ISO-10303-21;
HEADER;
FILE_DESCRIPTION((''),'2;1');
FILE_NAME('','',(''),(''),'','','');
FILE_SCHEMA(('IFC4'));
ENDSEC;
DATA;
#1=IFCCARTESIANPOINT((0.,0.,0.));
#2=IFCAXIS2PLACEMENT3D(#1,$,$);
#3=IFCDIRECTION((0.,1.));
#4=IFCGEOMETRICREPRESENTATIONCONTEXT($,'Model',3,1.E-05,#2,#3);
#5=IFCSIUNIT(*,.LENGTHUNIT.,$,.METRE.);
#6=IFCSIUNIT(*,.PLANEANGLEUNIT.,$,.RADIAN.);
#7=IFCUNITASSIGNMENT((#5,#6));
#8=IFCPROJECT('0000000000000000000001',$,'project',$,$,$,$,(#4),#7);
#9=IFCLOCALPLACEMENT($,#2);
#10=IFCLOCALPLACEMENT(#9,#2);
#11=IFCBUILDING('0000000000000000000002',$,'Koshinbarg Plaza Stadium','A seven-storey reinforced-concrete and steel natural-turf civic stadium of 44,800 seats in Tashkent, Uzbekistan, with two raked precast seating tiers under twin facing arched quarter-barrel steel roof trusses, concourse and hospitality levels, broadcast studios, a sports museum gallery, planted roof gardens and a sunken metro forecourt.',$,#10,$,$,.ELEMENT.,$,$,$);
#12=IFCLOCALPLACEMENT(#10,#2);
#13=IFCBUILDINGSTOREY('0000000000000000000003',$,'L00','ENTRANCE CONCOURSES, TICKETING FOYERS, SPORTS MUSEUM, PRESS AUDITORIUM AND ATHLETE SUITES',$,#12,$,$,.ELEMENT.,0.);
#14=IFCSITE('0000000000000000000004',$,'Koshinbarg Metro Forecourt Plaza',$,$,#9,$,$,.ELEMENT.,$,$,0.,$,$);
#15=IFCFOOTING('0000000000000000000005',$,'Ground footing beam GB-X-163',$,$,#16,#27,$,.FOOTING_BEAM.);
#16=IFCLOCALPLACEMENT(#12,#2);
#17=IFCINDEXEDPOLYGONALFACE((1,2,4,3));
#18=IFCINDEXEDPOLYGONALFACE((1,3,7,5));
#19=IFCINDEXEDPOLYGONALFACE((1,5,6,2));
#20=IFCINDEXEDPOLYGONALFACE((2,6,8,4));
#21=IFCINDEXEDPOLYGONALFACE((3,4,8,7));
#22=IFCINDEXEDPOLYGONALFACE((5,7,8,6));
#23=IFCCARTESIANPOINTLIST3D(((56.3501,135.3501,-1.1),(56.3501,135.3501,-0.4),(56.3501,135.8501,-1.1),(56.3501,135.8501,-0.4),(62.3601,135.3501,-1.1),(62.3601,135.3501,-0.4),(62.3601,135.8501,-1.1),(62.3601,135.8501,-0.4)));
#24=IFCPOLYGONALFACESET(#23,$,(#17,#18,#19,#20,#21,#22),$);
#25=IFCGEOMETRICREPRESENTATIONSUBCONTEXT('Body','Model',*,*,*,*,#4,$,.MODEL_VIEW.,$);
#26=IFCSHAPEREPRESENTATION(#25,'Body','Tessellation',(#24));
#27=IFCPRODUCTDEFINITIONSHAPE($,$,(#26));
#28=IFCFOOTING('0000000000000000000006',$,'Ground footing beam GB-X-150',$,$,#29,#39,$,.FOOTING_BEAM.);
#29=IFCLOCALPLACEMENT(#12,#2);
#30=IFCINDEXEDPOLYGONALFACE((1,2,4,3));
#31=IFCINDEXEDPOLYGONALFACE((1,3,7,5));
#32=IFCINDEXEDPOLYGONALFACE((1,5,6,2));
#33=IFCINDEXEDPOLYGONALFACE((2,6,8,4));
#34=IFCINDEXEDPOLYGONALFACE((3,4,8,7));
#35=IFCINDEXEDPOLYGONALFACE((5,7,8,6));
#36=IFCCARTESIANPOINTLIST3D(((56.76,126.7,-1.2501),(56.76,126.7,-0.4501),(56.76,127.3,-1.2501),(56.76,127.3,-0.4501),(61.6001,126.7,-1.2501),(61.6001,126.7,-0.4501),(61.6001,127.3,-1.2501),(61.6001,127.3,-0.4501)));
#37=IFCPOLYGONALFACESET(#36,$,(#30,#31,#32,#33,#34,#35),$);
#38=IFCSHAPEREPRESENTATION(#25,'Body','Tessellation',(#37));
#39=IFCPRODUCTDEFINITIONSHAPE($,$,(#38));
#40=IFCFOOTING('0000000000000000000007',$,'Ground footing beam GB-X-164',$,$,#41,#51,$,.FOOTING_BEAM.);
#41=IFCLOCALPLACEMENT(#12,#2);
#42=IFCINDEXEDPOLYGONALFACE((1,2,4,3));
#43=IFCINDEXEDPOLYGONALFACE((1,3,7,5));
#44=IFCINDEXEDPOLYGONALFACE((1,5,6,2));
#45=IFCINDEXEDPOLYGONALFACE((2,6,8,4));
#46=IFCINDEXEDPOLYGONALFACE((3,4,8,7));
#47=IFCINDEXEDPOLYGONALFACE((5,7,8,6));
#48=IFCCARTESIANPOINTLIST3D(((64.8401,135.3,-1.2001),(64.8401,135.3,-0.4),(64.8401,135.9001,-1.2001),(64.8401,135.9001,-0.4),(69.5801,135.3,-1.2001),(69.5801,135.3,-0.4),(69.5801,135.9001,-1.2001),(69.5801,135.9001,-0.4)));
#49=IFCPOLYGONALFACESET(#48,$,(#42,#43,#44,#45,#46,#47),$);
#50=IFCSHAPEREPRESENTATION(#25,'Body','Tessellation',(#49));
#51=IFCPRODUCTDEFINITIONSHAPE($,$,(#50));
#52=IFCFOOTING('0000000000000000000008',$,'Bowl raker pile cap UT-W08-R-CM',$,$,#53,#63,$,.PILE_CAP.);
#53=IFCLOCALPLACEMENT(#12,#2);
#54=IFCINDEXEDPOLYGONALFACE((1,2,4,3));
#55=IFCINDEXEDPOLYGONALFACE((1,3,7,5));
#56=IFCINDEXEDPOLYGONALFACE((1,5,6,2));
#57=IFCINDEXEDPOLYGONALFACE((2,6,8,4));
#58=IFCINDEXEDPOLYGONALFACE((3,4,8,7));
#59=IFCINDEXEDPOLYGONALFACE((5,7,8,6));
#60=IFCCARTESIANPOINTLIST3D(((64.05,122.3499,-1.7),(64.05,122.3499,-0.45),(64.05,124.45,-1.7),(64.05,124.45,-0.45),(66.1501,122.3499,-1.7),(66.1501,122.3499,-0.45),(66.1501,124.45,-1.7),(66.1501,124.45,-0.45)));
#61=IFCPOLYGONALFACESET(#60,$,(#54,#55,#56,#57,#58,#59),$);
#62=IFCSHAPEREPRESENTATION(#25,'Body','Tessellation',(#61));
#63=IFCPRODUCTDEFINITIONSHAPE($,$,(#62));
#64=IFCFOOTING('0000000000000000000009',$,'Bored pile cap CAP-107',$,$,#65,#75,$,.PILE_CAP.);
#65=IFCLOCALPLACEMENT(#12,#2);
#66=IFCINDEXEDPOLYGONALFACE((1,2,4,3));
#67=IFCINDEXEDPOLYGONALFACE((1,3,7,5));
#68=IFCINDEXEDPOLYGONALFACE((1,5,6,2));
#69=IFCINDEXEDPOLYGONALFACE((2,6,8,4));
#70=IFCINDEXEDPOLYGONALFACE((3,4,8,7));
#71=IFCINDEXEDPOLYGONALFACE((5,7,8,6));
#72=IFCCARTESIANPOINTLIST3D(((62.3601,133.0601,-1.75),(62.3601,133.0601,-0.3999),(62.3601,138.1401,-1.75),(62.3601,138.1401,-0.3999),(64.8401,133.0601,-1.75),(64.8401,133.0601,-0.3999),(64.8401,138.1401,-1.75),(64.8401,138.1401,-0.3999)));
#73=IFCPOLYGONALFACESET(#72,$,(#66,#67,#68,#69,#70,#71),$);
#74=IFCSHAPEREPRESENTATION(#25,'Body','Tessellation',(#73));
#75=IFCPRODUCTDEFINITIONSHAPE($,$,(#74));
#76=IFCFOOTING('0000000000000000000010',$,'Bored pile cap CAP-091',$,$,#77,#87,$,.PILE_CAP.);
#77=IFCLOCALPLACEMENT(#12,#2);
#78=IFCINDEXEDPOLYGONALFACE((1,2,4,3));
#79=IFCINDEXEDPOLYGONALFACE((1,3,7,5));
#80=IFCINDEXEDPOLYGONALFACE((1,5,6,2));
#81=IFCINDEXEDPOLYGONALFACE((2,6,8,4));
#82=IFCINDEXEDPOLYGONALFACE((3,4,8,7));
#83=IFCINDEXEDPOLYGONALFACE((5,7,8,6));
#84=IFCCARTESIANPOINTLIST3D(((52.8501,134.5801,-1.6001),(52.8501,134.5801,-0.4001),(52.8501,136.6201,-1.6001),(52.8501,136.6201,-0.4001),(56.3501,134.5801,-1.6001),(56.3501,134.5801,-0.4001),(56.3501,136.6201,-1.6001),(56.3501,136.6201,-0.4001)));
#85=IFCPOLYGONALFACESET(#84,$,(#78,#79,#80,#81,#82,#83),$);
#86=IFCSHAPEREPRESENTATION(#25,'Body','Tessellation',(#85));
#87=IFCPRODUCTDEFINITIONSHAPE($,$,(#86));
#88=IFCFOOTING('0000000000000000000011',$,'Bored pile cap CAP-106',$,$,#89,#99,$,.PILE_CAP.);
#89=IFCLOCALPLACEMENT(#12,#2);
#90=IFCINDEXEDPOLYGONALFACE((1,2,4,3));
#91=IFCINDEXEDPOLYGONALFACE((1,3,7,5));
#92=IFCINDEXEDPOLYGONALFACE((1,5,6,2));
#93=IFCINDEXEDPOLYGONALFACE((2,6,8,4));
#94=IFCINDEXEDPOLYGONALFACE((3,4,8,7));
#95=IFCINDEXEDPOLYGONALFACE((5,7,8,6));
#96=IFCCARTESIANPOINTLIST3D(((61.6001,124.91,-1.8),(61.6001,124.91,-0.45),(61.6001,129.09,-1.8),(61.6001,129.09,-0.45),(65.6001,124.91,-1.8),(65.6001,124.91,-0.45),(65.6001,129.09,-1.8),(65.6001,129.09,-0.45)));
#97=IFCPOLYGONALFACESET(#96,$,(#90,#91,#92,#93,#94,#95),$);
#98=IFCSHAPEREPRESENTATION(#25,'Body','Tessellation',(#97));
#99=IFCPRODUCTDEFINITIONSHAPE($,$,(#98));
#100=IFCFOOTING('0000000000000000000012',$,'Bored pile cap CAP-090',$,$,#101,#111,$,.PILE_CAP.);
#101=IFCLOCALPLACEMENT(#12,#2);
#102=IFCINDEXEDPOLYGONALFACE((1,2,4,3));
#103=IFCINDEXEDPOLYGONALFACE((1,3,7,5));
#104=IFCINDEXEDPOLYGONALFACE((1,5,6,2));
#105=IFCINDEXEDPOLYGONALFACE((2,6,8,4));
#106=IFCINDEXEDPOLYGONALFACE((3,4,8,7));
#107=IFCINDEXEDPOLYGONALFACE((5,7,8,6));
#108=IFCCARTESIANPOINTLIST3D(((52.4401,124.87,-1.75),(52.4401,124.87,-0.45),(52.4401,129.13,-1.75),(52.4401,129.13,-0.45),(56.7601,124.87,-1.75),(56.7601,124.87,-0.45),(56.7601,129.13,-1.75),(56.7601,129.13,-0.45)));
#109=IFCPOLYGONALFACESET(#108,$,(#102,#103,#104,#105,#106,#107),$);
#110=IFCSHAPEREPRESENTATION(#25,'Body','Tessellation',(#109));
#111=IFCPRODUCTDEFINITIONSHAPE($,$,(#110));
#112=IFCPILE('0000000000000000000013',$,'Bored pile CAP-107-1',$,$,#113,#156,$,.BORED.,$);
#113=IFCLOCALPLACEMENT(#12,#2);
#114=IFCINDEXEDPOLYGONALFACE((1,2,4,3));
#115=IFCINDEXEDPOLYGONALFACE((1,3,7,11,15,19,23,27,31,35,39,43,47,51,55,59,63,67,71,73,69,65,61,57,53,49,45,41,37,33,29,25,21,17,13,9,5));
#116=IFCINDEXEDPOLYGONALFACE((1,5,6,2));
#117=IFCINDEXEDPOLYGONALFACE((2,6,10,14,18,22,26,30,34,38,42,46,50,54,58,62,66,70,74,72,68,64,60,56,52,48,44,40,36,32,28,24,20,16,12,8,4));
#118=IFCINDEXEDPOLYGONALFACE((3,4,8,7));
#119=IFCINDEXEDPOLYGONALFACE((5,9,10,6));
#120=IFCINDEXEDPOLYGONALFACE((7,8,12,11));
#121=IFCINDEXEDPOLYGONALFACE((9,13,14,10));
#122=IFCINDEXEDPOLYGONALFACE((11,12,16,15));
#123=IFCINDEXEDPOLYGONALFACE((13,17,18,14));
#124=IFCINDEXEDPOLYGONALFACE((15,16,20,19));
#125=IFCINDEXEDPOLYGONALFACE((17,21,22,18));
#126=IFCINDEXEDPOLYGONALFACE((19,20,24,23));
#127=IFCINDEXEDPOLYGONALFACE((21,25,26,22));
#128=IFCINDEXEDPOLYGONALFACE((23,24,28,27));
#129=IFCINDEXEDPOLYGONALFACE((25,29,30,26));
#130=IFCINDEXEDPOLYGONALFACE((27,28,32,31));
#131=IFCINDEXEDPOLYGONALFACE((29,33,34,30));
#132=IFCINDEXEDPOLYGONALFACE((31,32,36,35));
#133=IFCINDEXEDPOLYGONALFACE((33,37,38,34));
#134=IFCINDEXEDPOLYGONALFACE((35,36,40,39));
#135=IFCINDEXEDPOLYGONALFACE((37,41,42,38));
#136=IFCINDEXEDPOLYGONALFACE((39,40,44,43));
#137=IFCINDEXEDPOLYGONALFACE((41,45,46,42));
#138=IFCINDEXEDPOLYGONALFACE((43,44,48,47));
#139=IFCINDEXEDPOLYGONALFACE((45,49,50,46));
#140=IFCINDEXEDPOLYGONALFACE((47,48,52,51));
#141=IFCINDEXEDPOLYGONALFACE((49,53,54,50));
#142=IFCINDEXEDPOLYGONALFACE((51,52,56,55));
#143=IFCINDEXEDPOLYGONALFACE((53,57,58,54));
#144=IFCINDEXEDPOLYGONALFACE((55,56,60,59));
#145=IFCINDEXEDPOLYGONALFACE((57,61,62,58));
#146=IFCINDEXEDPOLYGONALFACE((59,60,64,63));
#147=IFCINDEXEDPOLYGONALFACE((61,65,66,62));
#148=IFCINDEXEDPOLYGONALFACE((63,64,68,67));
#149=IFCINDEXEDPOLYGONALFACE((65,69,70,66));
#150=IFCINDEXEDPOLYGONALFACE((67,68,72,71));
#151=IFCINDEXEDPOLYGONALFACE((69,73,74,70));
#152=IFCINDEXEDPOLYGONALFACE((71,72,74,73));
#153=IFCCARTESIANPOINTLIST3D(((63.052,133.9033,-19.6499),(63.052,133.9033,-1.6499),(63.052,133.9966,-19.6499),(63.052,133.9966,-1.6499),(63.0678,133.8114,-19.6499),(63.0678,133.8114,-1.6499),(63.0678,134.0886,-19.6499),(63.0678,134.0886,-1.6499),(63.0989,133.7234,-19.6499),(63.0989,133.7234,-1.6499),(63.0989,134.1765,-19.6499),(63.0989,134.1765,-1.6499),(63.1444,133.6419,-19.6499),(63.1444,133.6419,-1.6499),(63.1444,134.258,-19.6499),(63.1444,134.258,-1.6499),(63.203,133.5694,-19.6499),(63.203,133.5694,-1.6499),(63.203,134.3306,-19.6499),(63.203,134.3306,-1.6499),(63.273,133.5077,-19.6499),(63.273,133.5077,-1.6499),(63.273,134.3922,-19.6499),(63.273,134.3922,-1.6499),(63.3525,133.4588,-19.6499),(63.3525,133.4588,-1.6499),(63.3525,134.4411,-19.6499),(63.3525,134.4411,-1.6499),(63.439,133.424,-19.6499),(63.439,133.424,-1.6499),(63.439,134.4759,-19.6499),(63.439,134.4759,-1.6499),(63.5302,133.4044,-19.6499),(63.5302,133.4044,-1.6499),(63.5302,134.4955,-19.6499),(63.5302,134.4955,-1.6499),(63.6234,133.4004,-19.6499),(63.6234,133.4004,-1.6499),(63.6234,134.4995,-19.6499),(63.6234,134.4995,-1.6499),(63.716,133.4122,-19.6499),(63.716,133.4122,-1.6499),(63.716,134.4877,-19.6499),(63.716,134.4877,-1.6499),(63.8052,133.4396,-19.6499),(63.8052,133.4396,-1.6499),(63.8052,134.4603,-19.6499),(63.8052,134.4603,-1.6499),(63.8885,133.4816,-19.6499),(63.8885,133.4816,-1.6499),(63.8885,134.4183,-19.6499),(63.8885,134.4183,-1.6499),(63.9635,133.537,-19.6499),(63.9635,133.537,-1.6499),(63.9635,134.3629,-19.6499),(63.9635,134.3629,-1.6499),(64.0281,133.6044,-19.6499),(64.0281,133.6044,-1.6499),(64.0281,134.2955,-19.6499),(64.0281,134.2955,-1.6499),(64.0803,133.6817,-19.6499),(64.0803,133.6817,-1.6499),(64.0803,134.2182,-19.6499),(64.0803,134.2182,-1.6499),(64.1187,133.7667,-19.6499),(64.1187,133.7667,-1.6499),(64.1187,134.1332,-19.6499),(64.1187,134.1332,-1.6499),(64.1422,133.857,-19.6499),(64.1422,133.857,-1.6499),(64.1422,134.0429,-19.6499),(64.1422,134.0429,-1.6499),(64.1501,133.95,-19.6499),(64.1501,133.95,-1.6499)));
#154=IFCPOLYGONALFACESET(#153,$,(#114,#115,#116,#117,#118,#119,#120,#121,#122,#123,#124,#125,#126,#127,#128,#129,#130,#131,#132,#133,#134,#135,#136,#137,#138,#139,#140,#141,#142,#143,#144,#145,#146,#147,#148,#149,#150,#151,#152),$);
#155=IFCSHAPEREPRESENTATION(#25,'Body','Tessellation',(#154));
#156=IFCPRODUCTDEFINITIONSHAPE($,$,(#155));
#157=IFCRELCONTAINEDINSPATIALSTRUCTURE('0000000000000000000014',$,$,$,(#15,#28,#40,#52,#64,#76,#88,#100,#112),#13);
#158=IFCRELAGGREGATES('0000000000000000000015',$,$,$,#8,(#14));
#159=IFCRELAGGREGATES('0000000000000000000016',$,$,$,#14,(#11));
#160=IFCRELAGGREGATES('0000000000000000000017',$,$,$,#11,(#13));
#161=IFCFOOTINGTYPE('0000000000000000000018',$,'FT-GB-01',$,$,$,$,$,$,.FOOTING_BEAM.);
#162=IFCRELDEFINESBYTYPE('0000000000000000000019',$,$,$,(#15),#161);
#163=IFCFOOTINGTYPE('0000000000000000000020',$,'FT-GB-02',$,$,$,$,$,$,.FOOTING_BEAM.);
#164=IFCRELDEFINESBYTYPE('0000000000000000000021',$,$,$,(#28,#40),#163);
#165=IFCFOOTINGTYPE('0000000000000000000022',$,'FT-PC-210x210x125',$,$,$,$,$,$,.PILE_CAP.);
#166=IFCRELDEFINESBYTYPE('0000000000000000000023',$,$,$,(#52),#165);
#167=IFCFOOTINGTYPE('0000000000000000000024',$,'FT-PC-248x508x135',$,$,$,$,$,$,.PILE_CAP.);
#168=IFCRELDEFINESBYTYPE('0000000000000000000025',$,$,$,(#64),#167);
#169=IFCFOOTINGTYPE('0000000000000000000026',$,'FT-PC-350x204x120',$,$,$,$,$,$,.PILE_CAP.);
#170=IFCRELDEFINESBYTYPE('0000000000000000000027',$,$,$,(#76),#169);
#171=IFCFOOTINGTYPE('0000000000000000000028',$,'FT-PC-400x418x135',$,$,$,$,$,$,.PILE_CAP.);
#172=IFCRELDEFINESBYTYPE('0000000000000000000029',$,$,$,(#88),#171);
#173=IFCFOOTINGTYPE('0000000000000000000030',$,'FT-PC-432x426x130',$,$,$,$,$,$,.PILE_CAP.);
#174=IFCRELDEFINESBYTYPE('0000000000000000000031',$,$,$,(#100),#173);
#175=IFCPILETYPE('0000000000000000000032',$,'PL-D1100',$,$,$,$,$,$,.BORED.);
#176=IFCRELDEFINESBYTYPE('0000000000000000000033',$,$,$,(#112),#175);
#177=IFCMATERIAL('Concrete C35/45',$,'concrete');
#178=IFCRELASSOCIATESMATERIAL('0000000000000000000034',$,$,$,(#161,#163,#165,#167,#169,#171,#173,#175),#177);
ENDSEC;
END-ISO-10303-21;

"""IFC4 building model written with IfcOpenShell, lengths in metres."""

from ifc_helpers import new_model, si_unit, direction, frame, origin, origin_2d, place, context, subcontext, project, spatial, rectangle, circle, extrude, material, material_profile, profile_set, type_object, element, save


model = new_model("IFC4")

# Units and contexts
model_context = context("Model", 3, precision=1e-05, world=origin(), true_north=direction((0.0, 1.0)))
body_context = subcontext(model_context, "Body", "Model", "MODEL_VIEW")
ifc_project = project(units=[si_unit("LENGTHUNIT", "METRE"), si_unit("PLANEANGLEUNIT", "RADIAN")], contexts=[model_context])

# Site, building, storey
site_placement = place(None, origin())
site = spatial("IfcSite", under=ifc_project, at=site_placement, Name="Koshinbarg Metro Forecourt Plaza", CompositionType="ELEMENT", RefElevation=0.0)
building_placement = place(site_placement, origin())
building = spatial("IfcBuilding", under=site, at=building_placement, Name="Koshinbarg Plaza Stadium", Description="A seven-storey reinforced-concrete and steel natural-turf civic stadium of 44,800 seats in Tashkent, Uzbekistan, with two raked precast seating tiers under twin facing arched quarter-barrel steel roof trusses, concourse and hospitality levels, broadcast studios, a sports museum gallery, planted roof gardens and a sunken metro forecourt.", CompositionType="ELEMENT")
storey_placement = place(building_placement, origin())
storey = spatial("IfcBuildingStorey", under=building, at=storey_placement, Name="L00", Description="ENTRANCE CONCOURSES, TICKETING FOYERS, SPORTS MUSEUM, PRESS AUDITORIUM AND ATHLETE SUITES", CompositionType="ELEMENT", Elevation=0.0)

# Footings
ifc_material_1 = material(Name="Concrete C35/45", Category="concrete")
ifc_material_profile_1 = material_profile(ifc_material_1, rectangle(XDim=0.5, YDim=0.7, at=origin_2d()), Name="GB 500x700")
ifc_profile_set_1 = profile_set([ifc_material_profile_1], Name="Concrete C35/45")
footing_type_1 = type_object("IfcFootingType", Name="FT-GB-01", PredefinedType="FOOTING_BEAM", material=ifc_profile_set_1)
footing_1_placement = place(storey_placement, frame((56.3501, 135.6001, -0.75), z_axis=(1.0, 0.0, 0.0), x_axis=(0.0, 1.0, 0.0)))
element("IfcFooting", 1, at=footing_1_placement, inside=storey, type_object=footing_type_1, Name="Ground footing beam GB-X-163", PredefinedType="FOOTING_BEAM", context=body_context, shape_type="SweptSolid", body=[
    extrude(rectangle(XDim=0.5, YDim=0.7, at=origin_2d()), origin(), (0.0, 0.0, 1.0), 6.01),
])
ifc_material_profile_2 = material_profile(ifc_material_1, rectangle(XDim=0.6001, YDim=0.8, at=origin_2d()), Name="GB 600x800")
ifc_profile_set_2 = profile_set([ifc_material_profile_2], Name="Concrete C35/45")
footing_type_2 = type_object("IfcFootingType", Name="FT-GB-02", PredefinedType="FOOTING_BEAM", material=ifc_profile_set_2)
footing_2_placement = place(storey_placement, frame((56.76, 127.0, -0.8501), z_axis=(1.0, 0.0, 0.0), x_axis=(0.0, 1.0, 0.0)))
element("IfcFooting", 2, at=footing_2_placement, inside=storey, type_object=footing_type_2, Name="Ground footing beam GB-X-150", PredefinedType="FOOTING_BEAM", context=body_context, shape_type="SweptSolid", body=[
    extrude(rectangle(XDim=0.6001, YDim=0.8, at=origin_2d()), origin(), (0.0, 0.0, 1.0), 4.8401),
])
footing_3_placement = place(storey_placement, frame((64.8401, 135.6001, -0.8), z_axis=(1.0, 0.0, 0.0), x_axis=(0.0, 1.0, 0.0)))
element("IfcFooting", 3, at=footing_3_placement, inside=storey, type_object=footing_type_2, Name="Ground footing beam GB-X-164", PredefinedType="FOOTING_BEAM", context=body_context, shape_type="SweptSolid", body=[
    extrude(rectangle(XDim=0.6001, YDim=0.8, at=origin_2d()), origin(), (0.0, 0.0, 1.0), 4.74),
])
footing_type_3 = type_object("IfcFootingType", Name="FT-PC-210x210x125", PredefinedType="PILE_CAP", material=ifc_material_1)
footing_4_placement = place(storey_placement, frame((65.1001, 123.3999, -1.7), z_axis=(0.0, 0.0, 1.0), x_axis=(1.0, 0.0, 0.0)))
element("IfcFooting", 4, at=footing_4_placement, inside=storey, type_object=footing_type_3, Name="Bowl raker pile cap UT-W08-R-CM", PredefinedType="PILE_CAP", context=body_context, shape_type="SweptSolid", body=[
    extrude(rectangle(XDim=2.1001, YDim=2.1001, at=origin_2d()), origin(), (0.0, 0.0, 1.0), 1.25),
])
footing_type_4 = type_object("IfcFootingType", Name="FT-PC-248x508x135", PredefinedType="PILE_CAP", material=ifc_material_1)
footing_5_placement = place(storey_placement, frame((63.6001, 135.6001, -1.75), z_axis=(0.0, 0.0, 1.0), x_axis=(1.0, 0.0, 0.0)))
element("IfcFooting", 5, at=footing_5_placement, inside=storey, type_object=footing_type_4, Name="Bored pile cap CAP-107", PredefinedType="PILE_CAP", context=body_context, shape_type="SweptSolid", body=[
    extrude(rectangle(XDim=2.48, YDim=5.0801, at=origin_2d()), origin(), (0.0, 0.0, 1.0), 1.3501),
])
footing_type_5 = type_object("IfcFootingType", Name="FT-PC-350x204x120", PredefinedType="PILE_CAP", material=ifc_material_1)
footing_6_placement = place(storey_placement, frame((54.6001, 135.6001, -1.6001), z_axis=(0.0, 0.0, 1.0), x_axis=(1.0, 0.0, 0.0)))
element("IfcFooting", 6, at=footing_6_placement, inside=storey, type_object=footing_type_5, Name="Bored pile cap CAP-091", PredefinedType="PILE_CAP", context=body_context, shape_type="SweptSolid", body=[
    extrude(rectangle(XDim=3.5, YDim=2.04, at=origin_2d()), origin(), (0.0, 0.0, 1.0), 1.2),
])
footing_type_6 = type_object("IfcFootingType", Name="FT-PC-400x418x135", PredefinedType="PILE_CAP", material=ifc_material_1)
footing_7_placement = place(storey_placement, frame((63.6001, 127.0, -1.8), z_axis=(0.0, 0.0, 1.0), x_axis=(1.0, 0.0, 0.0)))
element("IfcFooting", 7, at=footing_7_placement, inside=storey, type_object=footing_type_6, Name="Bored pile cap CAP-106", PredefinedType="PILE_CAP", context=body_context, shape_type="SweptSolid", body=[
    extrude(rectangle(XDim=4.0, YDim=4.1799, at=origin_2d()), origin(), (0.0, 0.0, 1.0), 1.3501),
])
footing_type_7 = type_object("IfcFootingType", Name="FT-PC-432x426x130", PredefinedType="PILE_CAP", material=ifc_material_1)
footing_8_placement = place(storey_placement, frame((54.6001, 127.0, -1.75), z_axis=(0.0, 0.0, 1.0), x_axis=(1.0, 0.0, 0.0)))
element("IfcFooting", 8, at=footing_8_placement, inside=storey, type_object=footing_type_7, Name="Bored pile cap CAP-090", PredefinedType="PILE_CAP", context=body_context, shape_type="SweptSolid", body=[
    extrude(rectangle(XDim=4.3201, YDim=4.26, at=origin_2d()), origin(), (0.0, 0.0, 1.0), 1.3),
])

# Pile
ifc_material_profile_3 = material_profile(ifc_material_1, circle(Radius=0.55, at=origin_2d()), Name="PILE D1100")
ifc_profile_set_3 = profile_set([ifc_material_profile_3], Name="Concrete C35/45")
pile_type_1 = type_object("IfcPileType", Name="PL-D1100", PredefinedType="BORED", material=ifc_profile_set_3)
pile_1_placement = place(storey_placement, frame((63.6001, 133.95, -1.6499), z_axis=(0.0, 0.0, -1.0), x_axis=(1.0, 0.0, 0.0)))
element("IfcPile", 9, at=pile_1_placement, inside=storey, type_object=pile_type_1, Name="Bored pile CAP-107-1", PredefinedType="BORED", context=body_context, shape_type="SweptSolid", body=[
    extrude(circle(Radius=0.55, at=origin_2d()), origin(), (0.0, 0.0, 1.0), 18.0),
])

save(model, "model.ifc")
